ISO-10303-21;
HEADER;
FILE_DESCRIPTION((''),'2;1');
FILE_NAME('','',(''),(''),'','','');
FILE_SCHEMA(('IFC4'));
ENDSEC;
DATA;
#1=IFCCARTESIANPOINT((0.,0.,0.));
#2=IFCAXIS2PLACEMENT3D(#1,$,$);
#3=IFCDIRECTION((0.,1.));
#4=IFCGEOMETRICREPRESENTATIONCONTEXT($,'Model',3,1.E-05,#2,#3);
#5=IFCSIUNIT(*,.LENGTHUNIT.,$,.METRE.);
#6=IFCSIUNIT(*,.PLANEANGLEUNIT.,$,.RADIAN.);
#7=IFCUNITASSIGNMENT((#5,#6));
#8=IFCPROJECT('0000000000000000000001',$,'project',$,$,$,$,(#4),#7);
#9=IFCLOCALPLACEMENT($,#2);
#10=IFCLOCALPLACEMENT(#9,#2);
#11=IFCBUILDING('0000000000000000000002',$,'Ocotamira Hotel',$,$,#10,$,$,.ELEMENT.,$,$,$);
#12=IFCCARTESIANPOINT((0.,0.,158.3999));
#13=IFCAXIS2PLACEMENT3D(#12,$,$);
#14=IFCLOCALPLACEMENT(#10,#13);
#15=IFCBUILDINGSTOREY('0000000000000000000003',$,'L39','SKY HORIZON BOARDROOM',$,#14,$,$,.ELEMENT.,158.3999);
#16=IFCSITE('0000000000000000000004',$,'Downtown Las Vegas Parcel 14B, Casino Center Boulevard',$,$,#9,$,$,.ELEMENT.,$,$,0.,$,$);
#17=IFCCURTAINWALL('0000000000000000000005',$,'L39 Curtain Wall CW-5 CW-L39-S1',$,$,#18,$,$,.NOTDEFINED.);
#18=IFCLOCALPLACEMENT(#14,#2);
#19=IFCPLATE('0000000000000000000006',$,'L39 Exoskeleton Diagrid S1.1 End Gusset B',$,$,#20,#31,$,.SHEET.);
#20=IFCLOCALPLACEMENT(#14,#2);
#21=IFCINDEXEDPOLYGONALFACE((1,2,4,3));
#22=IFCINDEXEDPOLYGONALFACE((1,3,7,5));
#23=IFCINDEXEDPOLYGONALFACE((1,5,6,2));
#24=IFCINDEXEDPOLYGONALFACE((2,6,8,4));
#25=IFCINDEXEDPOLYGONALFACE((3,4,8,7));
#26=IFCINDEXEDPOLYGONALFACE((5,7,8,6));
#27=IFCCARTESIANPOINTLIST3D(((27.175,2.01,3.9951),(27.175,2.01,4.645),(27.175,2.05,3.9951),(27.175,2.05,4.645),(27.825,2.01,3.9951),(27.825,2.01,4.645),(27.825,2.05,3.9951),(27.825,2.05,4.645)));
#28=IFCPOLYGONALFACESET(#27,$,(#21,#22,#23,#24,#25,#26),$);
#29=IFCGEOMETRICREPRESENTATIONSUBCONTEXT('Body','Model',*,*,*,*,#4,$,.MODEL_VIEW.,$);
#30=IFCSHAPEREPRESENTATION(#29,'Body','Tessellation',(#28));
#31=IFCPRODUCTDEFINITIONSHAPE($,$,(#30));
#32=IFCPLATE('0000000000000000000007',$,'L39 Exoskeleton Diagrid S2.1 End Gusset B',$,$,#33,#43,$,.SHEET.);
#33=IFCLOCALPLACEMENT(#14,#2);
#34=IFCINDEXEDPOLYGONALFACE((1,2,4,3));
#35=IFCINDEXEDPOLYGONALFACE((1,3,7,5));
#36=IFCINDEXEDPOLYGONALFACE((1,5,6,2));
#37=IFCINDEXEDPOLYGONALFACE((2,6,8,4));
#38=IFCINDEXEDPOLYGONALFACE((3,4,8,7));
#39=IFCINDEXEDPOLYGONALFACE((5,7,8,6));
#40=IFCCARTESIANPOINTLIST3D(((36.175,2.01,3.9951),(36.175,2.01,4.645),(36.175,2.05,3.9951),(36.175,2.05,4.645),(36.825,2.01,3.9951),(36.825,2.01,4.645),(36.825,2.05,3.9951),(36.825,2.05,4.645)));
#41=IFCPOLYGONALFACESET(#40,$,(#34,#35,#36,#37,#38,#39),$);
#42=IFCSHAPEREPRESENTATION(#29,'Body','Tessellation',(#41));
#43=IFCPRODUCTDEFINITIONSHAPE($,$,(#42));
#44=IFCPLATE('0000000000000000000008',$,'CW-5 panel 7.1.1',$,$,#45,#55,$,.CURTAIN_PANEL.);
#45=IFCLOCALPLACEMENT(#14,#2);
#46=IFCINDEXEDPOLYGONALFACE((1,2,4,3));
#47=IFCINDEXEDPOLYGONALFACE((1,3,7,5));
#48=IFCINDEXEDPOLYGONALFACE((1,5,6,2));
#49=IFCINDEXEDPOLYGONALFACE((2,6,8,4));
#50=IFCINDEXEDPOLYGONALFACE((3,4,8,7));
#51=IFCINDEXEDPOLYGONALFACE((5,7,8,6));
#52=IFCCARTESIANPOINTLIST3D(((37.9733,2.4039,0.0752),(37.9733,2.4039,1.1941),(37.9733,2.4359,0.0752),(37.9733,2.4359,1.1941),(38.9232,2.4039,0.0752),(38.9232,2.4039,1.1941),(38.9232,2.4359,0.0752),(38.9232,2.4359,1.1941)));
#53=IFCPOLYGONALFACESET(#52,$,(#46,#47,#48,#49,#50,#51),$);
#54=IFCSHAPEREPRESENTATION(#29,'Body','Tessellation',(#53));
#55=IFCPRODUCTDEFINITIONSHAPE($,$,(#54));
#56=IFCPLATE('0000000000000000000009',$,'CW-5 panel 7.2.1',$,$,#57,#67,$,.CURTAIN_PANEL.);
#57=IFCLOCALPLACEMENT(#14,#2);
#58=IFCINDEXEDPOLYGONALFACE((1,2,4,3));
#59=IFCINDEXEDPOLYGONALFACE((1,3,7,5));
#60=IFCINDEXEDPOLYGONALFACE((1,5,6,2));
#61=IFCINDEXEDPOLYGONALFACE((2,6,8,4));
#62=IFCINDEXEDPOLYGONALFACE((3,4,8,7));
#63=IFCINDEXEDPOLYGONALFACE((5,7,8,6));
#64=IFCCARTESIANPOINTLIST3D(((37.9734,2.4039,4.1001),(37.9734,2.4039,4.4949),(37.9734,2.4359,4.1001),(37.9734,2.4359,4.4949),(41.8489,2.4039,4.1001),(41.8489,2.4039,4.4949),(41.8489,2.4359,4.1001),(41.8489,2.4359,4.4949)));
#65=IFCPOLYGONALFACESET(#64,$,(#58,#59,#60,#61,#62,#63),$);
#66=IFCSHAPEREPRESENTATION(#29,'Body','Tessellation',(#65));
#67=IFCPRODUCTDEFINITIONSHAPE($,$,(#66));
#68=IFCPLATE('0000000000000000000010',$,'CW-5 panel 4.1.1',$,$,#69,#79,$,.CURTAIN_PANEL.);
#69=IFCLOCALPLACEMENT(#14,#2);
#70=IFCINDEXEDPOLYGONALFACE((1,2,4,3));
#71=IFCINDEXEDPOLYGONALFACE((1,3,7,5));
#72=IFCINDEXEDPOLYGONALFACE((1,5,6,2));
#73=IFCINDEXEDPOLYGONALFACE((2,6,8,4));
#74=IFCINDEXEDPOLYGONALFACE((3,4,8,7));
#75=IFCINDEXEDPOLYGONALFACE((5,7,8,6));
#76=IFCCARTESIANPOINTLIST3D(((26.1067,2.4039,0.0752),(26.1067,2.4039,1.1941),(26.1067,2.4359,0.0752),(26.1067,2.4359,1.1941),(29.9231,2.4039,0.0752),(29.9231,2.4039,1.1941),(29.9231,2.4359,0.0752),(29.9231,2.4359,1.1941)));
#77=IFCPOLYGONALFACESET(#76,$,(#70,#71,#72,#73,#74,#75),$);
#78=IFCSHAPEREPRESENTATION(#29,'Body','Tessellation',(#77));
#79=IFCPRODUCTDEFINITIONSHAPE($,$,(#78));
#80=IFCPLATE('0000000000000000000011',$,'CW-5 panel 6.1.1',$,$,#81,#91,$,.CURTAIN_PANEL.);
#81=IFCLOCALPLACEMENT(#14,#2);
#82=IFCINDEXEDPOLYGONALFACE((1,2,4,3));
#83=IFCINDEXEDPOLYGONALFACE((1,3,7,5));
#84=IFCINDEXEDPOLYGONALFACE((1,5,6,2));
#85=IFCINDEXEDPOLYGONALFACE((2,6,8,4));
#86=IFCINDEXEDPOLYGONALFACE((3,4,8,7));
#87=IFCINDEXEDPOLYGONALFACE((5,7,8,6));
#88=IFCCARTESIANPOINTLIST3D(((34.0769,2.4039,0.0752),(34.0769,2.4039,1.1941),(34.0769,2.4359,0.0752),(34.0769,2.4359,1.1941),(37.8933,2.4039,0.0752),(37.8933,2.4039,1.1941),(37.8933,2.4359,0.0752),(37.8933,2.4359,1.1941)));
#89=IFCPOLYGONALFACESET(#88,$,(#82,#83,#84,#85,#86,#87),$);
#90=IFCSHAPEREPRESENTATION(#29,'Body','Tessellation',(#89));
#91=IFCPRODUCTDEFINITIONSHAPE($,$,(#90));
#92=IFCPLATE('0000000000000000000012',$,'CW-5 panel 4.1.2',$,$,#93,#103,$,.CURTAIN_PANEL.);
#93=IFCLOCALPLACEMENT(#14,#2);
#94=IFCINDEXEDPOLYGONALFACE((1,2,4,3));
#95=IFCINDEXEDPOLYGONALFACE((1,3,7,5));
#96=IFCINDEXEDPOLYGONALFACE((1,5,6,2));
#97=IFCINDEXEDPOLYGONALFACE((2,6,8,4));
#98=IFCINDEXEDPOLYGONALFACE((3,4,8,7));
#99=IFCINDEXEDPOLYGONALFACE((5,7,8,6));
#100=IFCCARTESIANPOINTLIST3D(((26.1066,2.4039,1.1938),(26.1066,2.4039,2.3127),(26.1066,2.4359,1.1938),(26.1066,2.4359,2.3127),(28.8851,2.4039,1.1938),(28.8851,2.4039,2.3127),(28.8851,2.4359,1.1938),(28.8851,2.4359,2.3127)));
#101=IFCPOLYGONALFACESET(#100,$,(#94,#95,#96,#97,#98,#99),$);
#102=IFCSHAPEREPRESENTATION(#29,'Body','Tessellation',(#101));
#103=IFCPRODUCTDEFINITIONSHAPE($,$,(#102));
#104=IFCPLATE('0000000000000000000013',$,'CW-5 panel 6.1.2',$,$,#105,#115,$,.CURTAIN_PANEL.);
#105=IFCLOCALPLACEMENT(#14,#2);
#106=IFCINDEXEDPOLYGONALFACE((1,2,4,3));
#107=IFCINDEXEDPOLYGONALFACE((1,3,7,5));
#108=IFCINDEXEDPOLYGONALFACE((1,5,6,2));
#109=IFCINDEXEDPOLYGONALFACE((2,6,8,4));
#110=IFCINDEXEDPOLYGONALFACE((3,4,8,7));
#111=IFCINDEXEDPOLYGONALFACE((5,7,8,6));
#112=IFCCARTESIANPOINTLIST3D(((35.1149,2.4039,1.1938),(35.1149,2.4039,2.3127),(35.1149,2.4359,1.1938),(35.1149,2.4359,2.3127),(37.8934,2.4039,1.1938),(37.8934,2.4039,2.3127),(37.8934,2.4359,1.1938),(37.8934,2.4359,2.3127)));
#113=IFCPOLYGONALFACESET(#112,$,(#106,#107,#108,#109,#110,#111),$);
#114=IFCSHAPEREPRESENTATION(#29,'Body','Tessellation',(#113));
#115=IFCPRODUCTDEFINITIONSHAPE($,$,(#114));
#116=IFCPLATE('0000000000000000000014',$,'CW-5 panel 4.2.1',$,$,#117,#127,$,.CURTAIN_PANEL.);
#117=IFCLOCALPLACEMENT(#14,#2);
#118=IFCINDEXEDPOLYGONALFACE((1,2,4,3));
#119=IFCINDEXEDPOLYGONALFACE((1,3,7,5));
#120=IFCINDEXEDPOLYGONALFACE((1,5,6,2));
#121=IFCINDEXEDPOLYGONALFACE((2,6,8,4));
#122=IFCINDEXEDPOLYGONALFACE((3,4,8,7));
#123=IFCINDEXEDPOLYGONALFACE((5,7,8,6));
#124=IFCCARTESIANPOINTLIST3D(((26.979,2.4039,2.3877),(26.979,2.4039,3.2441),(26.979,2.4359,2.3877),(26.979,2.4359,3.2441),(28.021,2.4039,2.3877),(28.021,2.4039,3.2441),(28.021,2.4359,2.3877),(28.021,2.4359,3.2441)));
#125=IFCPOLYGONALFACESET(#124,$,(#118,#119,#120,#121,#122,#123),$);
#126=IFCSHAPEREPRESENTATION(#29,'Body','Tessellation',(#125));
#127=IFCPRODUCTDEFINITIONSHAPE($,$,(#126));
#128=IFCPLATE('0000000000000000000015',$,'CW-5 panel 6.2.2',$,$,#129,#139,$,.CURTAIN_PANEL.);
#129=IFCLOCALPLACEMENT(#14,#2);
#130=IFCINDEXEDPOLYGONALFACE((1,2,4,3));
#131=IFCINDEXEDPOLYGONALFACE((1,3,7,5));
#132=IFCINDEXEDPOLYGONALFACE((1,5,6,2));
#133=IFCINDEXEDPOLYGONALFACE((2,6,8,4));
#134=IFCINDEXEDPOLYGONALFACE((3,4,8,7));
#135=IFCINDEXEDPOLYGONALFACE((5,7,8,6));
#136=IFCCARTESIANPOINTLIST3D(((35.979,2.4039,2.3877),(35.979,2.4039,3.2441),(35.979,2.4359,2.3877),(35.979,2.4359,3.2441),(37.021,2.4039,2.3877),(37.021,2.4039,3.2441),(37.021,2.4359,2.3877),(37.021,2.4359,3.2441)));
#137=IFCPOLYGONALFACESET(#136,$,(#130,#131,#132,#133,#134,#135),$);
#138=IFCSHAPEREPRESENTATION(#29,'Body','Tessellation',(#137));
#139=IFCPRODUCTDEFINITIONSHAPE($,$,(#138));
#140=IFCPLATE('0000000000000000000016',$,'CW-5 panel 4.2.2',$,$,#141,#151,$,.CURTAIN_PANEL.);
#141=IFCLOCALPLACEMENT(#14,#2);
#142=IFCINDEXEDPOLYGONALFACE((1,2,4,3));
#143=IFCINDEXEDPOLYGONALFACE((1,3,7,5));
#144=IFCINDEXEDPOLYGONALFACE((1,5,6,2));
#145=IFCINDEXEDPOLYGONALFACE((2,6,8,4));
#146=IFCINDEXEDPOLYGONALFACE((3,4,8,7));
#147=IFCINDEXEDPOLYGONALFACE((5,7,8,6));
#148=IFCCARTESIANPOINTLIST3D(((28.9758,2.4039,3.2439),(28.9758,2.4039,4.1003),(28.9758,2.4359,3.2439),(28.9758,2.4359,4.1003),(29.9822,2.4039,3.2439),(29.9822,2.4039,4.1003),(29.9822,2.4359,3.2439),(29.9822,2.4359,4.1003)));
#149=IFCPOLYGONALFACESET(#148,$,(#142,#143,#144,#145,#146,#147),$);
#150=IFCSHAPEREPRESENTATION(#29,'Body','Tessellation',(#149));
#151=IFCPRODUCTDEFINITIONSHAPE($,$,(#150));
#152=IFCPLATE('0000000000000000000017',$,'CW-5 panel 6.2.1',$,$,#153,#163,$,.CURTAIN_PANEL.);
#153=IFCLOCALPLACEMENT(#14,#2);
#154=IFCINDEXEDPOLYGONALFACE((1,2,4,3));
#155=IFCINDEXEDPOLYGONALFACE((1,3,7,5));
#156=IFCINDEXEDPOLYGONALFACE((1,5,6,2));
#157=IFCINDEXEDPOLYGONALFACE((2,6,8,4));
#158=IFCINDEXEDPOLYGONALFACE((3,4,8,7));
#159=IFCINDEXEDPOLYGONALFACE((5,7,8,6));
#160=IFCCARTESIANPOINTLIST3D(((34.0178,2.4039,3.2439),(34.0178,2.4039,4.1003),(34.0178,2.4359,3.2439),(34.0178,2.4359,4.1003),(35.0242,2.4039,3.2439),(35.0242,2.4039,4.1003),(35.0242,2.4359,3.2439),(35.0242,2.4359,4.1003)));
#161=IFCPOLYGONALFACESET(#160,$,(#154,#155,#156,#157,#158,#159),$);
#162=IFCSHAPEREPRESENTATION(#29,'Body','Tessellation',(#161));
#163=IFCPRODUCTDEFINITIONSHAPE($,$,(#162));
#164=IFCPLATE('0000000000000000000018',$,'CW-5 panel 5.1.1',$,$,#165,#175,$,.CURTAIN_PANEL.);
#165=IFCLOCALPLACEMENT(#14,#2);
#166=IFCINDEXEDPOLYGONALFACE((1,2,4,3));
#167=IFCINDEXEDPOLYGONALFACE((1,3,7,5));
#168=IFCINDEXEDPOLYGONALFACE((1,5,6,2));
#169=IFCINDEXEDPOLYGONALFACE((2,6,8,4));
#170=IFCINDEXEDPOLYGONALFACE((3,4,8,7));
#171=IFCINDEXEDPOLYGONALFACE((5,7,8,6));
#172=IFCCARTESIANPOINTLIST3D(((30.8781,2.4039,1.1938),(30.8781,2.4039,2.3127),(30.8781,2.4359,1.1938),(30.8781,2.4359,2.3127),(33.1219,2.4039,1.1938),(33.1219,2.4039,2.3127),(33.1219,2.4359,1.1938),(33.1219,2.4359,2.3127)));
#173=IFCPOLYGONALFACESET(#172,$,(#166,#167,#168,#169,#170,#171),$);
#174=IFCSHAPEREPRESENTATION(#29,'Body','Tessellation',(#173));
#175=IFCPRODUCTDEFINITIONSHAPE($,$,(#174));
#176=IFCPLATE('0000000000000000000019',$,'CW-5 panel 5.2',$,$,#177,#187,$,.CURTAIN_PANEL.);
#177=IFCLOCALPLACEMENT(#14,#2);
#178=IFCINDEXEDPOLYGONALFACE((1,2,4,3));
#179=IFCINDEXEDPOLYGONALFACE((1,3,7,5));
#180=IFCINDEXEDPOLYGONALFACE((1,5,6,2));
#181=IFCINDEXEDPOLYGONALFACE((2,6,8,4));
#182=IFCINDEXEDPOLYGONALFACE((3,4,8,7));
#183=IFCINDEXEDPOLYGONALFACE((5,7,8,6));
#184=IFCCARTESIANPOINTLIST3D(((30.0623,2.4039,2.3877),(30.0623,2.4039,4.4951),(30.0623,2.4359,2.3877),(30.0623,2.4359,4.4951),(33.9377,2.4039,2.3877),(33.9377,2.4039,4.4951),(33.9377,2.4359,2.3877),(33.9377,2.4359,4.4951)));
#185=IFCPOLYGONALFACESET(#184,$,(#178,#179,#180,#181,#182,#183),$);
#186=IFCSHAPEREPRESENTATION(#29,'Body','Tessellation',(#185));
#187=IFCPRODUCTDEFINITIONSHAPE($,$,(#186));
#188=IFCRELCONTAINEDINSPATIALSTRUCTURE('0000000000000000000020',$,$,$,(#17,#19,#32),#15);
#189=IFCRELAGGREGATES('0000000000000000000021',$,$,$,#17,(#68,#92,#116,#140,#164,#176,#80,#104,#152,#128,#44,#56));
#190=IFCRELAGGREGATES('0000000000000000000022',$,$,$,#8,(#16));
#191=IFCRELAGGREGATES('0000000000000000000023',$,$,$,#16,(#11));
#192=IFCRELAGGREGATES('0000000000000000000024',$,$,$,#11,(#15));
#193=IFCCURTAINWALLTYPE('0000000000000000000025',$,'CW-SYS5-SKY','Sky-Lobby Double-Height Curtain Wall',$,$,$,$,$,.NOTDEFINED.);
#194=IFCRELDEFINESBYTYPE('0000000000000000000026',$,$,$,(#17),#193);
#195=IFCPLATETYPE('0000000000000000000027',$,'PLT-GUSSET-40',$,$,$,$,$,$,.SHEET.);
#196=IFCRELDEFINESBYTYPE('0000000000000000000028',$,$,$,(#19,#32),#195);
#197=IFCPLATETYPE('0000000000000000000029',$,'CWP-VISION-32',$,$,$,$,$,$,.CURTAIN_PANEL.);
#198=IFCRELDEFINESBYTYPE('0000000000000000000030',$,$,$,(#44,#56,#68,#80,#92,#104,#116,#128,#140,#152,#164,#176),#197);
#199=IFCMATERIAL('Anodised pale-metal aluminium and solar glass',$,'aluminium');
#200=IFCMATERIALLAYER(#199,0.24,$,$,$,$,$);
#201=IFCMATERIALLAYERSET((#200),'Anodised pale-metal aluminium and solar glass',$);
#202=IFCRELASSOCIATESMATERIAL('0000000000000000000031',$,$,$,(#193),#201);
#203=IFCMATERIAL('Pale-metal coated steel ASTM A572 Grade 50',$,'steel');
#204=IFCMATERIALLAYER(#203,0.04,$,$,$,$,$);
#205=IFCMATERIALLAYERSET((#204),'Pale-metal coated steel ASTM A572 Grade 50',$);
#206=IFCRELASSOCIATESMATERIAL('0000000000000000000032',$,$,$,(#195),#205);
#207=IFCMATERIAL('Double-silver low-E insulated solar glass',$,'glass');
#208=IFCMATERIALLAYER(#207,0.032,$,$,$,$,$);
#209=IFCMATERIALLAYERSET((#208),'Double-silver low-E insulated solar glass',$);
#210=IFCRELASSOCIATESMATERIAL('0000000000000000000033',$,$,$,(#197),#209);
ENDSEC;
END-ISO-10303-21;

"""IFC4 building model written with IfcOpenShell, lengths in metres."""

from ifc_helpers import new_model, si_unit, direction, frame, origin, origin_2d, place, context, subcontext, project, spatial, rectangle, extrude, source, transform, mapped, material, layer, layer_set, type_object, element, aggregate, save


model = new_model("IFC4")

# Units and contexts
model_context = context("Model", 3, precision=1e-05, world=origin(), true_north=direction((0.0, 1.0)))
body_context = subcontext(model_context, "Body", "Model", "MODEL_VIEW")
ifc_project = project(units=[si_unit("LENGTHUNIT", "METRE"), si_unit("PLANEANGLEUNIT", "RADIAN")], contexts=[model_context])

# Site, building, storey
site_placement = place(None, origin())
site = spatial("IfcSite", under=ifc_project, at=site_placement, Name="Downtown Las Vegas Parcel 14B, Casino Center Boulevard", CompositionType="ELEMENT", RefElevation=0.0)
building_placement = place(site_placement, origin())
building = spatial("IfcBuilding", under=site, at=building_placement, Name="Ocotamira Hotel", CompositionType="ELEMENT")
storey_placement = place(building_placement, frame((0.0, 0.0, 158.3999)))
storey = spatial("IfcBuildingStorey", under=building, at=storey_placement, Name="L39", Description="SKY HORIZON BOARDROOM", CompositionType="ELEMENT", Elevation=158.3999)

# Curtain wall
ifc_material_1 = material(Name="Anodised pale-metal aluminium and solar glass", Category="aluminium")
ifc_layer_1 = layer(ifc_material_1, 0.24)
ifc_layer_set_1 = layer_set([ifc_layer_1], Name="Anodised pale-metal aluminium and solar glass")
curtain_wall_type = type_object("IfcCurtainWallType", Name="CW-SYS5-SKY", Description="Sky-Lobby Double-Height Curtain Wall", PredefinedType="NOTDEFINED", material=ifc_layer_set_1)
curtain_wall_placement = place(storey_placement, origin())
curtain_wall = element("IfcCurtainWall", 1, at=curtain_wall_placement, inside=storey, type_object=curtain_wall_type, Name="L39 Curtain Wall CW-5 CW-L39-S1", PredefinedType="NOTDEFINED")

# Plates
ifc_material_2 = material(Name="Pale-metal coated steel ASTM A572 Grade 50", Category="steel")
ifc_layer_2 = layer(ifc_material_2, 0.04)
ifc_layer_set_2 = layer_set([ifc_layer_2], Name="Pale-metal coated steel ASTM A572 Grade 50")
plate_type_1 = type_object("IfcPlateType", Name="PLT-GUSSET-40", PredefinedType="SHEET", material=ifc_layer_set_2)
shared_shape_1 = source(origin(), body_context, "Body", "SweptSolid", [
    extrude(rectangle(XDim=0.6499, YDim=0.04, at=origin_2d()), origin(), (0.0, 0.0, 1.0), 0.6499),
])
for number, where, z_axis, x_axis, name in (
    (2, (27.5, 2.03, 3.9951), (0.0, 0.0, 1.0), (1.0, 0.0, 0.0), "L39 Exoskeleton Diagrid S1.1 End Gusset B"),
    (3, (36.5, 2.03, 3.9951), (0.0, 0.0, 1.0), (1.0, 0.0, 0.0), "L39 Exoskeleton Diagrid S2.1 End Gusset B"),
):
    element("IfcPlate", number, at=place(storey_placement, frame(where, z_axis=z_axis, x_axis=x_axis)), inside=storey, type_object=plate_type_1, Name=name, PredefinedType="SHEET", context=body_context, shape_type="MappedRepresentation", body=[
        mapped(shared_shape_1, transform((0.0, 0.0, 0.0), scale=1.0)),
    ])

# Plates
ifc_material_3 = material(Name="Double-silver low-E insulated solar glass", Category="glass")
ifc_layer_3 = layer(ifc_material_3, 0.032)
ifc_layer_set_3 = layer_set([ifc_layer_3], Name="Double-silver low-E insulated solar glass")
plate_type_2 = type_object("IfcPlateType", Name="CWP-VISION-32", PredefinedType="CURTAIN_PANEL", material=ifc_layer_set_3)
shared_shape_2 = source(origin(), body_context, "Body", "SweptSolid", [
    extrude(rectangle(XDim=0.95, YDim=0.032, at=origin_2d()), origin(), (0.0, 0.0, 1.0), 1.1189),
])
plate_1_placement = place(storey_placement, frame((38.4482, 2.4199, 0.0752), z_axis=(0.0, 0.0, 1.0), x_axis=(1.0, 0.0, 0.0)))
plate_1 = element("IfcPlate", 4, at=plate_1_placement, type_object=plate_type_2, Name="CW-5 panel 7.1.1", PredefinedType="CURTAIN_PANEL", context=body_context, shape_type="MappedRepresentation", body=[
    mapped(shared_shape_2, transform((0.0, 0.0, 0.0), scale=1.0)),
])
shared_shape_3 = source(origin(), body_context, "Body", "SweptSolid", [
    extrude(rectangle(XDim=3.8755, YDim=0.032, at=origin_2d()), origin(), (0.0, 0.0, 1.0), 0.3948),
])
plate_2_placement = place(storey_placement, frame((39.9111, 2.4199, 4.1001), z_axis=(0.0, 0.0, 1.0), x_axis=(1.0, 0.0, 0.0)))
plate_2 = element("IfcPlate", 5, at=plate_2_placement, type_object=plate_type_2, Name="CW-5 panel 7.2.1", PredefinedType="CURTAIN_PANEL", context=body_context, shape_type="MappedRepresentation", body=[
    mapped(shared_shape_3, transform((0.0, 0.0, 0.0), scale=1.0)),
])
shared_shape_4 = source(origin(), body_context, "Body", "SweptSolid", [
    extrude(rectangle(XDim=3.8164, YDim=0.032, at=origin_2d()), origin(), (0.0, 0.0, 1.0), 1.1189),
])
plate_3_placement = place(storey_placement, frame((28.0149, 2.4199, 0.0752), z_axis=(0.0, 0.0, 1.0), x_axis=(1.0, 0.0, 0.0)))
plate_3 = element("IfcPlate", 6, at=plate_3_placement, type_object=plate_type_2, Name="CW-5 panel 4.1.1", PredefinedType="CURTAIN_PANEL", context=body_context, shape_type="MappedRepresentation", body=[
    mapped(shared_shape_4, transform((0.0, 0.0, 0.0), scale=1.0)),
])
plate_4_placement = place(storey_placement, frame((35.9851, 2.4199, 0.0752), z_axis=(0.0, 0.0, 1.0), x_axis=(1.0, 0.0, 0.0)))
plate_4 = element("IfcPlate", 7, at=plate_4_placement, type_object=plate_type_2, Name="CW-5 panel 6.1.1", PredefinedType="CURTAIN_PANEL", context=body_context, shape_type="MappedRepresentation", body=[
    mapped(shared_shape_4, transform((0.0, 0.0, 0.0), scale=1.0)),
])
shared_shape_5 = source(origin(), body_context, "Body", "SweptSolid", [
    extrude(rectangle(XDim=2.7786, YDim=0.032, at=origin_2d()), origin(), (0.0, 0.0, 1.0), 1.1189),
])
plate_5_placement = place(storey_placement, frame((27.4958, 2.4199, 1.1938), z_axis=(0.0, 0.0, 1.0), x_axis=(1.0, 0.0, 0.0)))
plate_5 = element("IfcPlate", 8, at=plate_5_placement, type_object=plate_type_2, Name="CW-5 panel 4.1.2", PredefinedType="CURTAIN_PANEL", context=body_context, shape_type="MappedRepresentation", body=[
    mapped(shared_shape_5, transform((0.0, 0.0, 0.0), scale=1.0)),
])
plate_6_placement = place(storey_placement, frame((36.5042, 2.4199, 1.1938), z_axis=(0.0, 0.0, 1.0), x_axis=(1.0, 0.0, 0.0)))
plate_6 = element("IfcPlate", 9, at=plate_6_placement, type_object=plate_type_2, Name="CW-5 panel 6.1.2", PredefinedType="CURTAIN_PANEL", context=body_context, shape_type="MappedRepresentation", body=[
    mapped(shared_shape_5, transform((0.0, 0.0, 0.0), scale=1.0)),
])
shared_shape_6 = source(origin(), body_context, "Body", "SweptSolid", [
    extrude(rectangle(XDim=1.042, YDim=0.032, at=origin_2d()), origin(), (0.0, 0.0, 1.0), 0.8564),
])
plate_7_placement = place(storey_placement, frame((27.5, 2.4199, 2.3877), z_axis=(0.0, 0.0, 1.0), x_axis=(1.0, 0.0, 0.0)))
plate_7 = element("IfcPlate", 10, at=plate_7_placement, type_object=plate_type_2, Name="CW-5 panel 4.2.1", PredefinedType="CURTAIN_PANEL", context=body_context, shape_type="MappedRepresentation", body=[
    mapped(shared_shape_6, transform((0.0, 0.0, 0.0), scale=1.0)),
])
plate_8_placement = place(storey_placement, frame((36.5, 2.4199, 2.3877), z_axis=(0.0, 0.0, 1.0), x_axis=(1.0, 0.0, 0.0)))
plate_8 = element("IfcPlate", 11, at=plate_8_placement, type_object=plate_type_2, Name="CW-5 panel 6.2.2", PredefinedType="CURTAIN_PANEL", context=body_context, shape_type="MappedRepresentation", body=[
    mapped(shared_shape_6, transform((0.0, 0.0, 0.0), scale=1.0)),
])
shared_shape_7 = source(origin(), body_context, "Body", "SweptSolid", [
    extrude(rectangle(XDim=1.0063, YDim=0.032, at=origin_2d()), origin(), (0.0, 0.0, 1.0), 0.8564),
])
plate_9_placement = place(storey_placement, frame((29.479, 2.4199, 3.2439), z_axis=(0.0, 0.0, 1.0), x_axis=(1.0, 0.0, 0.0)))
plate_9 = element("IfcPlate", 12, at=plate_9_placement, type_object=plate_type_2, Name="CW-5 panel 4.2.2", PredefinedType="CURTAIN_PANEL", context=body_context, shape_type="MappedRepresentation", body=[
    mapped(shared_shape_7, transform((0.0, 0.0, 0.0), scale=1.0)),
])
plate_10_placement = place(storey_placement, frame((34.521, 2.4199, 3.2439), z_axis=(0.0, 0.0, 1.0), x_axis=(1.0, 0.0, 0.0)))
plate_10 = element("IfcPlate", 13, at=plate_10_placement, type_object=plate_type_2, Name="CW-5 panel 6.2.1", PredefinedType="CURTAIN_PANEL", context=body_context, shape_type="MappedRepresentation", body=[
    mapped(shared_shape_7, transform((0.0, 0.0, 0.0), scale=1.0)),
])
shared_shape_8 = source(origin(), body_context, "Body", "SweptSolid", [
    extrude(rectangle(XDim=2.2439, YDim=0.032, at=origin_2d()), origin(), (0.0, 0.0, 1.0), 1.1189),
])
plate_11_placement = place(storey_placement, frame((32.0, 2.4199, 1.1938), z_axis=(0.0, 0.0, 1.0), x_axis=(1.0, 0.0, 0.0)))
plate_11 = element("IfcPlate", 14, at=plate_11_placement, type_object=plate_type_2, Name="CW-5 panel 5.1.1", PredefinedType="CURTAIN_PANEL", context=body_context, shape_type="MappedRepresentation", body=[
    mapped(shared_shape_8, transform((0.0, 0.0, 0.0), scale=1.0)),
])
shared_shape_9 = source(origin(), body_context, "Body", "SweptSolid", [
    extrude(rectangle(XDim=3.8755, YDim=0.032, at=origin_2d()), origin(), (0.0, 0.0, 1.0), 2.1074),
])
plate_12_placement = place(storey_placement, frame((32.0, 2.4199, 2.3877), z_axis=(0.0, 0.0, 1.0), x_axis=(1.0, 0.0, 0.0)))
plate_12 = element("IfcPlate", 15, at=plate_12_placement, type_object=plate_type_2, Name="CW-5 panel 5.2", PredefinedType="CURTAIN_PANEL", context=body_context, shape_type="MappedRepresentation", body=[
    mapped(shared_shape_9, transform((0.0, 0.0, 0.0), scale=1.0)),
])
aggregate(curtain_wall, [plate_3, plate_5, plate_7, plate_9, plate_11, plate_12, plate_4, plate_6, plate_10, plate_8, plate_1, plate_2])

save(model, "model.ifc")
